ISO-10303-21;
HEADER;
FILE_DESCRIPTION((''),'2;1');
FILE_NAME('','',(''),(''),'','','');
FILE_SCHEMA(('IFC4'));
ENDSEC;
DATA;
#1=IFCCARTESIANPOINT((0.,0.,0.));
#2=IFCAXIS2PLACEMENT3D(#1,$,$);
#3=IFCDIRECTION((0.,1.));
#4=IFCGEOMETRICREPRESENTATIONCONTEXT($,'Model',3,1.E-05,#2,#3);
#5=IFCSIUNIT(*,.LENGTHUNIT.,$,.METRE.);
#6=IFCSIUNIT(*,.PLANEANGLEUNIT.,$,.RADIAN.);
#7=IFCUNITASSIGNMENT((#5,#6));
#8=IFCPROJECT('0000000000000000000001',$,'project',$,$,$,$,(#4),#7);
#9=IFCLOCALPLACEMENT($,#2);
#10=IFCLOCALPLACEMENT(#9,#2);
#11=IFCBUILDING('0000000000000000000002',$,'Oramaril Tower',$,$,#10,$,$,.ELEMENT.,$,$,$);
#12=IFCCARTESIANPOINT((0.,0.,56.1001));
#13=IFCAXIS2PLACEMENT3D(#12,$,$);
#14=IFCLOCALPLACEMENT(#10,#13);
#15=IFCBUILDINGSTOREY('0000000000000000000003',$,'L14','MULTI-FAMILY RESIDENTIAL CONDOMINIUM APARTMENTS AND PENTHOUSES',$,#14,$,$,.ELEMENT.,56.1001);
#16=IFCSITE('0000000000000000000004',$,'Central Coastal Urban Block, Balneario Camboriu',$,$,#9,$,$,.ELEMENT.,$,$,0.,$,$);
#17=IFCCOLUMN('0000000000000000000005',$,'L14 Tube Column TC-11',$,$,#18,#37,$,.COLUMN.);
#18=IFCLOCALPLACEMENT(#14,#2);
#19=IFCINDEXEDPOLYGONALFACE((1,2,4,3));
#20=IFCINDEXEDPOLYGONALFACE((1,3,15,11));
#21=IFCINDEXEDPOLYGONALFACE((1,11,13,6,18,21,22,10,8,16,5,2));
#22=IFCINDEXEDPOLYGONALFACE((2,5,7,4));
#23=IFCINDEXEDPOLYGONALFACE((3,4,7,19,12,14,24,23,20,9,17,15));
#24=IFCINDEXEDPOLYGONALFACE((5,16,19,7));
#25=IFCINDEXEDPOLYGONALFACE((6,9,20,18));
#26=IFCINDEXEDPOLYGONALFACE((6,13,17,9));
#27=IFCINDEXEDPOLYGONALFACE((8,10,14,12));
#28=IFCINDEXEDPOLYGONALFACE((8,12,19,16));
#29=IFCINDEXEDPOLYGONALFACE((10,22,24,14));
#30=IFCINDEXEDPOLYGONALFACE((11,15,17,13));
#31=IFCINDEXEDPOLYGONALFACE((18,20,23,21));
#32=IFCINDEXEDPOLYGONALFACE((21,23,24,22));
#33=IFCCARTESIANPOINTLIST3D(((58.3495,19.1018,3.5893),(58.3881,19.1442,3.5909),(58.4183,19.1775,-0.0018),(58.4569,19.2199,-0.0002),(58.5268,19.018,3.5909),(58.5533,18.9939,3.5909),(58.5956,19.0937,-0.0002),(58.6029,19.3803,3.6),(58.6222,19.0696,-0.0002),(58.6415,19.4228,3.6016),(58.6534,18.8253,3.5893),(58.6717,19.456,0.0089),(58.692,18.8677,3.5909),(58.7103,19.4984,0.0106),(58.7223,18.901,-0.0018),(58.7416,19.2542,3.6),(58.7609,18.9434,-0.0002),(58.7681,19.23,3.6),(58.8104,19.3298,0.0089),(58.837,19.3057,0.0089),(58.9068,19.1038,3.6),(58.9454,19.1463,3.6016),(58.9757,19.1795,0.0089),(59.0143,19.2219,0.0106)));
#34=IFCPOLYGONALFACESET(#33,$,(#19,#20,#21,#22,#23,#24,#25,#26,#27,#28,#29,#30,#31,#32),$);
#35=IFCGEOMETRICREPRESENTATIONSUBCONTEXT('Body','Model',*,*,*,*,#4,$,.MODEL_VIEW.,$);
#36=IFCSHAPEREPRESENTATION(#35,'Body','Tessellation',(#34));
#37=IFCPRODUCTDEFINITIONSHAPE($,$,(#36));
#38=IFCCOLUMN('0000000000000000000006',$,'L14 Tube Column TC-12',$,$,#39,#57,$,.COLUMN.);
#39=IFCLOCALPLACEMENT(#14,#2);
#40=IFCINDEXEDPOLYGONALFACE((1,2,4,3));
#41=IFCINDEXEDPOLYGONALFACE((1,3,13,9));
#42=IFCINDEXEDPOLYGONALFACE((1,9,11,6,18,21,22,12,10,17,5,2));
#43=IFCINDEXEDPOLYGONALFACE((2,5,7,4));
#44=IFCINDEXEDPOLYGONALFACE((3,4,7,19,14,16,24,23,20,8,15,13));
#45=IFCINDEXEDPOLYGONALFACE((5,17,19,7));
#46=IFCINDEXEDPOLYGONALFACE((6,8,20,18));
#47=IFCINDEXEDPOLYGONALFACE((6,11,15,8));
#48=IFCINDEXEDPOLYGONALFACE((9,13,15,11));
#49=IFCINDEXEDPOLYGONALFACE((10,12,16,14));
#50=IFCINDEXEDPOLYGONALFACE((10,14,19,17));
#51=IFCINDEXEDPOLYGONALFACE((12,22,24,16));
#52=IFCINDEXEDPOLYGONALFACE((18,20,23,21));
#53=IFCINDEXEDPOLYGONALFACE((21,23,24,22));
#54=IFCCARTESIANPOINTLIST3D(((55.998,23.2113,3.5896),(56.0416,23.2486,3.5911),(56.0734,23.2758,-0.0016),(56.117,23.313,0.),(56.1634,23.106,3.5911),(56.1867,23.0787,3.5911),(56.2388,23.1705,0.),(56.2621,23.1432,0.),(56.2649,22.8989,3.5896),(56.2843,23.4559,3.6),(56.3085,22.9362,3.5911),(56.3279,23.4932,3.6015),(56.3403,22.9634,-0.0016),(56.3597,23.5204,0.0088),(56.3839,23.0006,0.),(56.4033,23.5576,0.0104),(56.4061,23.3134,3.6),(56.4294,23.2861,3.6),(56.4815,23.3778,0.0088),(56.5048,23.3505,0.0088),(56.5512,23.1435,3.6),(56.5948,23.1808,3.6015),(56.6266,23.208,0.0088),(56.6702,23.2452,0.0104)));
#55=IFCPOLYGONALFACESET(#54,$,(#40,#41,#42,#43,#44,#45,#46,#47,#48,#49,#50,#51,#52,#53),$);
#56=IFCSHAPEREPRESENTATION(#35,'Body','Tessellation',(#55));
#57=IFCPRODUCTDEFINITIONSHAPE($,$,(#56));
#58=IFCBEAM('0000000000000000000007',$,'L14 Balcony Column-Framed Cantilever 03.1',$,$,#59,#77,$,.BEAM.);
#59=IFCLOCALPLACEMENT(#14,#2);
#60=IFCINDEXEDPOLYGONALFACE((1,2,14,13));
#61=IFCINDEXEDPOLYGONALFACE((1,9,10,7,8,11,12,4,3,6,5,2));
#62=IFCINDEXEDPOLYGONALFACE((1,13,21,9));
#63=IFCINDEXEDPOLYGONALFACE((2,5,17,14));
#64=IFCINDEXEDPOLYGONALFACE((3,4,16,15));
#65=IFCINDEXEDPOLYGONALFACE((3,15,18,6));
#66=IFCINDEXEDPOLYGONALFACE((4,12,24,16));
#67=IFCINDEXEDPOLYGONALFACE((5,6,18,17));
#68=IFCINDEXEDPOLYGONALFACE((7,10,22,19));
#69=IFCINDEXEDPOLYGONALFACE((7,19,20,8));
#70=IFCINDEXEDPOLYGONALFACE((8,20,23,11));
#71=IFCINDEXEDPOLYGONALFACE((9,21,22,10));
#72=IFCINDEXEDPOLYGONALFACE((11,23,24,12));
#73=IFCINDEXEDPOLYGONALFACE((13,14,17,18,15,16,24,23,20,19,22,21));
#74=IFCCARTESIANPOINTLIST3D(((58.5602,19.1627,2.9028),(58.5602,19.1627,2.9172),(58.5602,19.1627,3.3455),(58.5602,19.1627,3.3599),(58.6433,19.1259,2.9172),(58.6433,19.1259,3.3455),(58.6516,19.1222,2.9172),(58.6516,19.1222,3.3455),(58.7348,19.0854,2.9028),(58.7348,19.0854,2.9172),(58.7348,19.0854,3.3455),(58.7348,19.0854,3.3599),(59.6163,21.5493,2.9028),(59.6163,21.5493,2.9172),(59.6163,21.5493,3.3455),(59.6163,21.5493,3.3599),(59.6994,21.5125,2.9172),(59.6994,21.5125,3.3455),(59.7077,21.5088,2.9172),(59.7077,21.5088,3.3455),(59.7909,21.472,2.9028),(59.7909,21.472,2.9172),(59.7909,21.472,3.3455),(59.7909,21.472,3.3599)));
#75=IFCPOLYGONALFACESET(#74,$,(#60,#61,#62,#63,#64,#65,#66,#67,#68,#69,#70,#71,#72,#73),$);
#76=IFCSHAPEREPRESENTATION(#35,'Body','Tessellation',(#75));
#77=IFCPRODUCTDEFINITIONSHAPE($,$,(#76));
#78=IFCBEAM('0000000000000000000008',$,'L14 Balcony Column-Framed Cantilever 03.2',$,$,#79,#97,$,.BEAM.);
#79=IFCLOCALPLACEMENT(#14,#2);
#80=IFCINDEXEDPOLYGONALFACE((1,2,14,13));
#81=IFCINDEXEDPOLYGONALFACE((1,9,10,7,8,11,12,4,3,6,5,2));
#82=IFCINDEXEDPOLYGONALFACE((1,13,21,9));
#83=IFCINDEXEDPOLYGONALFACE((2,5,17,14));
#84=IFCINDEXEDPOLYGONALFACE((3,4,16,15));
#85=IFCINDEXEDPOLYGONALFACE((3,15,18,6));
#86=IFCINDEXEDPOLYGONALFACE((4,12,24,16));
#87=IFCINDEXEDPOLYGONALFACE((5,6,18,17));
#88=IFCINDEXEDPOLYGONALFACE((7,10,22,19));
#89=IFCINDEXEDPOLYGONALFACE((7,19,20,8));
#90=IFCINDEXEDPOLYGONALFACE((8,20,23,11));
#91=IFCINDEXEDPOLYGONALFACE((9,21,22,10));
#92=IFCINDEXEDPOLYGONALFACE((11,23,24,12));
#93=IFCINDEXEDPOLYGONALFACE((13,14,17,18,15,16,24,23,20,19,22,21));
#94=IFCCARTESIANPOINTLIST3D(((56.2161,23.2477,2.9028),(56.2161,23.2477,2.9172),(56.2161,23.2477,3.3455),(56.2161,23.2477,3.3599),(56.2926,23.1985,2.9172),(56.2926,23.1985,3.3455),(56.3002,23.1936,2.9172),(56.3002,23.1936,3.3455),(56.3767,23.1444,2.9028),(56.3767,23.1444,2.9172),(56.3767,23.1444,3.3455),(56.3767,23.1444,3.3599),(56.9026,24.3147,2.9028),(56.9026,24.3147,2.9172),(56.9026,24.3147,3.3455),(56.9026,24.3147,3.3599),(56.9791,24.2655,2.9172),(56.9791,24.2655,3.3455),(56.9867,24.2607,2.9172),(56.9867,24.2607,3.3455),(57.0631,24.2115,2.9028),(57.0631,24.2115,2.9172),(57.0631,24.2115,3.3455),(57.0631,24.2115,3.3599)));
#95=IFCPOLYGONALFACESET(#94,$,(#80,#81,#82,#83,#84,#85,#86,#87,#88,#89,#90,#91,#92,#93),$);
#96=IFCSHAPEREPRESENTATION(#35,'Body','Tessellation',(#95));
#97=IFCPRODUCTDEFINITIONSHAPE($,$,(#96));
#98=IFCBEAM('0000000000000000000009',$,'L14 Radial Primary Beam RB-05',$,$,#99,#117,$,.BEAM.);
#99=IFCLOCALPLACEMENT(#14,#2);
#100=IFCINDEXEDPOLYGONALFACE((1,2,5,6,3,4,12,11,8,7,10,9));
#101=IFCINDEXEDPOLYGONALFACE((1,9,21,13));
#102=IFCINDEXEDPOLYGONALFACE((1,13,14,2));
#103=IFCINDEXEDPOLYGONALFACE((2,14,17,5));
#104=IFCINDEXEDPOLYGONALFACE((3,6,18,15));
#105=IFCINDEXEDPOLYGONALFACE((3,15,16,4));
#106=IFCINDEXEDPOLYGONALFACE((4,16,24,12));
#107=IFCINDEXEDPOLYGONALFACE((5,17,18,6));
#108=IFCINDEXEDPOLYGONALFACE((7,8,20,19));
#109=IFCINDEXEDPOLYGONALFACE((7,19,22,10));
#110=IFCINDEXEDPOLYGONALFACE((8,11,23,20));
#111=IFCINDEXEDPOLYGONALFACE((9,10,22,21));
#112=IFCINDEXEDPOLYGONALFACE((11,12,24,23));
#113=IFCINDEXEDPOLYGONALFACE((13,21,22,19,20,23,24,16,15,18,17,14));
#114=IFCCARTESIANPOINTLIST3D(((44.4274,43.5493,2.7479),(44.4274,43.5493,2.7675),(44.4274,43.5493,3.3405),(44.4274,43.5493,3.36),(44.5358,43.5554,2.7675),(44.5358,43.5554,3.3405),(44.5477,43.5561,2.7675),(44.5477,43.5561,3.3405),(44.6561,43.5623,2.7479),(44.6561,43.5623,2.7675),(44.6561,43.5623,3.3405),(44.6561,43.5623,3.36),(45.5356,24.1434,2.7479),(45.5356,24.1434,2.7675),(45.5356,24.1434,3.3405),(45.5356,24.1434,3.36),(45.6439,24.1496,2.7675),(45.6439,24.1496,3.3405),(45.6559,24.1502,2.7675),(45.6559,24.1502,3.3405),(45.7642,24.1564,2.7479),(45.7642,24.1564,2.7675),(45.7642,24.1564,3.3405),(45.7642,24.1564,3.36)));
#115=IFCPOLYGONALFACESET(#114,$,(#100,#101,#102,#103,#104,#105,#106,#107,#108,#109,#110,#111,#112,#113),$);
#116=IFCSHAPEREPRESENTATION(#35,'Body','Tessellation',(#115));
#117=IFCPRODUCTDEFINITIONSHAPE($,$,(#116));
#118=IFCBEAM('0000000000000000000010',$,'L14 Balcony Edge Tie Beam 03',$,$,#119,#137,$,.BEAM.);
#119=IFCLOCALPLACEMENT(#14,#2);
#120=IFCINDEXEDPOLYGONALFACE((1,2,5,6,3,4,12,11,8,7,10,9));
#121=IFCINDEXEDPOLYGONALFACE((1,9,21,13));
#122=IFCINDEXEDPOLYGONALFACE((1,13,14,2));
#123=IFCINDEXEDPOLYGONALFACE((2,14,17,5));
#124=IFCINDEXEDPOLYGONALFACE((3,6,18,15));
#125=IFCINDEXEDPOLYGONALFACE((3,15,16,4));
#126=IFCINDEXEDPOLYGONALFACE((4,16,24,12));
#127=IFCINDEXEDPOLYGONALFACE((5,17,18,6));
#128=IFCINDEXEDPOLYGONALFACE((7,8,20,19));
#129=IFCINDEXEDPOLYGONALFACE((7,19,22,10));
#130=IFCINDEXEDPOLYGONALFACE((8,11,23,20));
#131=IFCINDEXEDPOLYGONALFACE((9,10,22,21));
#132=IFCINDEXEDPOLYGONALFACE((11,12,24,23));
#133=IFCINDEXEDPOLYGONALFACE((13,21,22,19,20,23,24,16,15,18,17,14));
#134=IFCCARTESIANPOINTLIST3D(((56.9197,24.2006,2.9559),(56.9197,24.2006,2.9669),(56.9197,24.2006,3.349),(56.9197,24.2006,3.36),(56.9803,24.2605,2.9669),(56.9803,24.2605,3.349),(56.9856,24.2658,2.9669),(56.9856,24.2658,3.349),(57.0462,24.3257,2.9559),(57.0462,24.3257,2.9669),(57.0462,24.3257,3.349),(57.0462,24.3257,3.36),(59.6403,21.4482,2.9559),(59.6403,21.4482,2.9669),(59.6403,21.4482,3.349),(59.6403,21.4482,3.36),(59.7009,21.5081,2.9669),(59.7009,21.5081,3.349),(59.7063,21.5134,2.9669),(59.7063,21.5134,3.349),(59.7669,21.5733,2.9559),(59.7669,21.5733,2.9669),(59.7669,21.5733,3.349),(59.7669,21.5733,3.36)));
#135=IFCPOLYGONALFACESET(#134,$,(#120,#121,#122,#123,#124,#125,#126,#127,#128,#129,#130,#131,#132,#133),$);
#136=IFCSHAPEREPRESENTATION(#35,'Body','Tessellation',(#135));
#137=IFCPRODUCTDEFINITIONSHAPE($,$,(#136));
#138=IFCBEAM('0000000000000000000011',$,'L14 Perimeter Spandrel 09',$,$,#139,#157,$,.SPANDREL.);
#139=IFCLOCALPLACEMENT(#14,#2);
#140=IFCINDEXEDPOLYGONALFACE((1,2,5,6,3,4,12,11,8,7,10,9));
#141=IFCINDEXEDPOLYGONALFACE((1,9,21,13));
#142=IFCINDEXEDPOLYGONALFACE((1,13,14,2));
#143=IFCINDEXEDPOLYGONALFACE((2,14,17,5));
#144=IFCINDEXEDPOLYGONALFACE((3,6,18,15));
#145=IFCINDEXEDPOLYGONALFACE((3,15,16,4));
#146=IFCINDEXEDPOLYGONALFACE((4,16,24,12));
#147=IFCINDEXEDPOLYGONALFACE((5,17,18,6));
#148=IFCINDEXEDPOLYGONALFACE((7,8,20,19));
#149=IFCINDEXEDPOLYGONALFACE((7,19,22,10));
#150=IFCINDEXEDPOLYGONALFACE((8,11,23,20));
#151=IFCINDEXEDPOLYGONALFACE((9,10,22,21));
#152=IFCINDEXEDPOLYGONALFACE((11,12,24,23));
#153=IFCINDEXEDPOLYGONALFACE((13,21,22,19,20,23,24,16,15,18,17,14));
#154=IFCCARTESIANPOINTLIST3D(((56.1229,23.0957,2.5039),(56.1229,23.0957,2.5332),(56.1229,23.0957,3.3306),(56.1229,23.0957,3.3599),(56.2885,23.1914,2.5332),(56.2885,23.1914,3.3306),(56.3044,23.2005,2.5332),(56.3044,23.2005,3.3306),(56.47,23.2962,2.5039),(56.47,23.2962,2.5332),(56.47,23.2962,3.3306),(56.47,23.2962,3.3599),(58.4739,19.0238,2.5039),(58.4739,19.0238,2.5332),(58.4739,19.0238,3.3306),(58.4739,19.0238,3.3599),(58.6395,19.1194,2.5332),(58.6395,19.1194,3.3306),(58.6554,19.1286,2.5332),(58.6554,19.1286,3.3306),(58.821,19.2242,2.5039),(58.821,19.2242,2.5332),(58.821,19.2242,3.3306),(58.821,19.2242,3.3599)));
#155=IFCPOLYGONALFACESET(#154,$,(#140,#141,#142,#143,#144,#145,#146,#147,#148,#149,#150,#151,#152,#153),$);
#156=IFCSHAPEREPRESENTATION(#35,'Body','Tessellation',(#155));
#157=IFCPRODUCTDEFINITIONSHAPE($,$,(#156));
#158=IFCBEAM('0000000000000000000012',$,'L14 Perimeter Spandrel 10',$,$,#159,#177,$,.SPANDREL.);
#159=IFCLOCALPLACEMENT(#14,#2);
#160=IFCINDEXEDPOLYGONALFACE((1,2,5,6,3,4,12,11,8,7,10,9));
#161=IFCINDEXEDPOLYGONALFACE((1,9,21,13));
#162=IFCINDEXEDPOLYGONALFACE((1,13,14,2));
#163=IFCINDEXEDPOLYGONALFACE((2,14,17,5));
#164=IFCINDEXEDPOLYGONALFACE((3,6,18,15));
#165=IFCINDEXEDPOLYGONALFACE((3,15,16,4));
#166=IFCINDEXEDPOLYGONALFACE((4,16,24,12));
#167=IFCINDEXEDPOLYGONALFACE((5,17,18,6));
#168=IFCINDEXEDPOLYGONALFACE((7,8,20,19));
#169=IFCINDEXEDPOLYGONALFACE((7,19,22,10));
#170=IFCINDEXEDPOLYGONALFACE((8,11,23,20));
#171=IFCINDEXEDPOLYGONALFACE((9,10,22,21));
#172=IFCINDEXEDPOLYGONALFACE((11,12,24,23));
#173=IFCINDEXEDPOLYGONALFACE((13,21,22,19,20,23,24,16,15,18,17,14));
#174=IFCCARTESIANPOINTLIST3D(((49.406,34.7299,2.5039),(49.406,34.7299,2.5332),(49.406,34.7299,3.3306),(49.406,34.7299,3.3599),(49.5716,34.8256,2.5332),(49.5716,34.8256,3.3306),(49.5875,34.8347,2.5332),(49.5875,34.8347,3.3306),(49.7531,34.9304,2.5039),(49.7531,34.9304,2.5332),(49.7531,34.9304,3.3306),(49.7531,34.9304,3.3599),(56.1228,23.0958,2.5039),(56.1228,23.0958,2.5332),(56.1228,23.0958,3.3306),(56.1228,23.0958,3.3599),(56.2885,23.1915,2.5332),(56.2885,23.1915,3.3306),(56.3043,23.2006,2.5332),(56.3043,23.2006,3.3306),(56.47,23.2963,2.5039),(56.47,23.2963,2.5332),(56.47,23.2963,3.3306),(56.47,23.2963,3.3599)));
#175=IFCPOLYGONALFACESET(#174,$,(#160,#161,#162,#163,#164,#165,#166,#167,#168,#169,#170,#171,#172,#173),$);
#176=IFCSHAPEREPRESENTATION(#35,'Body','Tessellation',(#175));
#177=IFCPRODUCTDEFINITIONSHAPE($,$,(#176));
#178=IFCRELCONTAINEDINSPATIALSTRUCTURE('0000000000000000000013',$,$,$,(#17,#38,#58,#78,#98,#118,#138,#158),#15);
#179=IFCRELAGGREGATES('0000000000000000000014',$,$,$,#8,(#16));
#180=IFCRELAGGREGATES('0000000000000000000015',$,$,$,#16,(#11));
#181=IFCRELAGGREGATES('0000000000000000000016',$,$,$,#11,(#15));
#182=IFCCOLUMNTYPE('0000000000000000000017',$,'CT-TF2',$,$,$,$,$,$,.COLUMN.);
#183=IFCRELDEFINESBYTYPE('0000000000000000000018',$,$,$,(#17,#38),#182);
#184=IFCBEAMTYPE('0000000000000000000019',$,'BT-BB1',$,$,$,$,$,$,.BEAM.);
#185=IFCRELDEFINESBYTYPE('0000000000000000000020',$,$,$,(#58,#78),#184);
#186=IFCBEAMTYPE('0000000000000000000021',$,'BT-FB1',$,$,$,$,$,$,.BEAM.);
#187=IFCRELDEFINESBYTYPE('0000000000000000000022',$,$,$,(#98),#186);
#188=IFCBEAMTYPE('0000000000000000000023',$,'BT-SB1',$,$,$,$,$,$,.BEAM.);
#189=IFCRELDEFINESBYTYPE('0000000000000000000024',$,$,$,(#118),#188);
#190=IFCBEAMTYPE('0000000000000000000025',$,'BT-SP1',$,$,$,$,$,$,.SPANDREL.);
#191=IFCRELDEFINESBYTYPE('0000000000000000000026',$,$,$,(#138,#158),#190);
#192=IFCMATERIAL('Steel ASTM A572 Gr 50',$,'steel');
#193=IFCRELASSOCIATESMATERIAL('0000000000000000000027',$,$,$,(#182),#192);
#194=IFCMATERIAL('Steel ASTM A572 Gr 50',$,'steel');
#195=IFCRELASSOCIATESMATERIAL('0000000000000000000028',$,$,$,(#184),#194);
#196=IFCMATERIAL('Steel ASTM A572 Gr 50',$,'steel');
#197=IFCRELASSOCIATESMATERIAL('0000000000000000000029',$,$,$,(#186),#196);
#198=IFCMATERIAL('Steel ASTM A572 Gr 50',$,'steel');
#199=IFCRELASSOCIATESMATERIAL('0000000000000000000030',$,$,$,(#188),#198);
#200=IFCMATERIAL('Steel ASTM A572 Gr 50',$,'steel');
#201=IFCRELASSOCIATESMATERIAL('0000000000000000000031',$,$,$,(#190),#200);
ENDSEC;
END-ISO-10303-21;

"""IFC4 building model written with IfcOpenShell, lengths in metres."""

from ifc_helpers import new_model, si_unit, direction, frame, origin, origin_2d, place, context, subcontext, project, spatial, i_section, extrude, material, material_profile, profile_set, type_object, element, save


model = new_model("IFC4")

# Units and contexts
model_context = context("Model", 3, precision=1e-05, world=origin(), true_north=direction((0.0, 1.0)))
body_context = subcontext(model_context, "Body", "Model", "MODEL_VIEW")
ifc_project = project(units=[si_unit("LENGTHUNIT", "METRE"), si_unit("PLANEANGLEUNIT", "RADIAN")], contexts=[model_context])

# Site, building, storey
site_placement = place(None, origin())
site = spatial("IfcSite", under=ifc_project, at=site_placement, Name="Central Coastal Urban Block, Balneario Camboriu", CompositionType="ELEMENT", RefElevation=0.0)
building_placement = place(site_placement, origin())
building = spatial("IfcBuilding", under=site, at=building_placement, Name="Oramaril Tower", CompositionType="ELEMENT")
storey_placement = place(building_placement, frame((0.0, 0.0, 56.1001)))
storey = spatial("IfcBuildingStorey", under=building, at=storey_placement, Name="L14", Description="MULTI-FAMILY RESIDENTIAL CONDOMINIUM APARTMENTS AND PENTHOUSES", CompositionType="ELEMENT", Elevation=56.1001)

# Columns
ifc_material_1 = material(Name="Steel ASTM A572 Gr 50", Category="steel")
ifc_material_profile_1 = material_profile(ifc_material_1, i_section(OverallWidth=0.4109, OverallDepth=0.4341, WebThickness=0.0359, FlangeThickness=0.0574, at=origin_2d()), Name="W14X311")
ifc_profile_set_1 = profile_set([ifc_material_profile_1], Name="Steel ASTM A572 Gr 50")
column_type = type_object("IfcColumnType", Name="CT-TF2", PredefinedType="COLUMN", material=ifc_profile_set_1)
for number, where, z_axis, x_axis, name in (
    (1, (58.7163, 19.1997, 0.0044), (-0.019164, -0.021067, 0.999594), (0.739724, -0.67291, 0.0), "L14 Tube Column TC-11"),
    (2, (56.3718, 23.2605, 0.0044), (-0.021, -0.017941, 0.999618), (0.649575, -0.760298, 0.0), "L14 Tube Column TC-12"),
):
    element("IfcColumn", number, at=place(storey_placement, frame(where, z_axis=z_axis, x_axis=x_axis)), inside=storey, type_object=column_type, Name=name, PredefinedType="COLUMN", context=body_context, shape_type="SweptSolid", body=[
        extrude(i_section(OverallWidth=0.4109, OverallDepth=0.4341, WebThickness=0.0359, FlangeThickness=0.0574, at=origin_2d()), origin(), (0.0, 0.0, 1.0), 3.5925),
    ])

# Beams
ifc_material_2 = material(Name="Steel ASTM A572 Gr 50", Category="steel")
ifc_material_profile_2 = material_profile(ifc_material_2, i_section(OverallWidth=0.1909, OverallDepth=0.457, WebThickness=0.009, FlangeThickness=0.0144, at=origin_2d()), Name="W18X50")
ifc_profile_set_2 = profile_set([ifc_material_profile_2], Name="Steel ASTM A572 Gr 50")
beam_type_1 = type_object("IfcBeamType", Name="BT-BB1", PredefinedType="BEAM", material=ifc_profile_set_2)
beam_1_placement = place(storey_placement, frame((58.6475, 19.124, 3.1313), z_axis=(0.404662, 0.914466, 0.0), x_axis=(-0.914466, 0.404662, 0.0)))
element("IfcBeam", 3, at=beam_1_placement, inside=storey, type_object=beam_type_1, Name="L14 Balcony Column-Framed Cantilever 03.1", PredefinedType="BEAM", context=body_context, shape_type="SweptSolid", body=[
    extrude(i_section(OverallWidth=0.1909, OverallDepth=0.457, WebThickness=0.009, FlangeThickness=0.0144, at=origin_2d()), origin(), (0.0, 0.0, 1.0), 2.6099),
])
beam_2_placement = place(storey_placement, frame((56.2964, 23.196, 3.1313), z_axis=(0.54104, 0.840997, 0.0), x_axis=(-0.840997, 0.54104, 0.0)))
element("IfcBeam", 4, at=beam_2_placement, inside=storey, type_object=beam_type_1, Name="L14 Balcony Column-Framed Cantilever 03.2", PredefinedType="BEAM", context=body_context, shape_type="SweptSolid", body=[
    extrude(i_section(OverallWidth=0.1909, OverallDepth=0.457, WebThickness=0.009, FlangeThickness=0.0144, at=origin_2d()), origin(), (0.0, 0.0, 1.0), 1.2688),
])
ifc_material_3 = material(Name="Steel ASTM A572 Gr 50", Category="steel")
ifc_material_profile_3 = material_profile(ifc_material_3, i_section(OverallWidth=0.229, OverallDepth=0.6121, WebThickness=0.012, FlangeThickness=0.0195, at=origin_2d()), Name="W24X84")
ifc_profile_set_3 = profile_set([ifc_material_profile_3], Name="Steel ASTM A572 Gr 50")
beam_type_2 = type_object("IfcBeamType", Name="BT-FB1", PredefinedType="BEAM", material=ifc_profile_set_3)
beam_3_placement = place(storey_placement, frame((45.6499, 24.1499, 3.054), z_axis=(-0.057011, 0.998374, 0.0), x_axis=(-0.998374, -0.057011, 0.0)))
element("IfcBeam", 5, at=beam_3_placement, inside=storey, type_object=beam_type_2, Name="L14 Radial Primary Beam RB-05", PredefinedType="BEAM", context=body_context, shape_type="SweptSolid", body=[
    extrude(i_section(OverallWidth=0.229, OverallDepth=0.6121, WebThickness=0.012, FlangeThickness=0.0195, at=origin_2d()), origin(), (0.0, 0.0, 1.0), 19.4375),
])
ifc_material_4 = material(Name="Steel ASTM A572 Gr 50", Category="steel")
ifc_material_profile_4 = material_profile(ifc_material_4, i_section(OverallWidth=0.178, OverallDepth=0.4041, WebThickness=0.0076, FlangeThickness=0.011, at=origin_2d()), Name="W16X36")
ifc_profile_set_4 = profile_set([ifc_material_profile_4], Name="Steel ASTM A572 Gr 50")
beam_type_3 = type_object("IfcBeamType", Name="BT-SB1", PredefinedType="BEAM", material=ifc_profile_set_4)
beam_4_placement = place(storey_placement, frame((59.7036, 21.5107, 3.158), z_axis=(-0.702995, 0.711195, 0.0), x_axis=(-0.711195, -0.702995, 0.0)))
element("IfcBeam", 6, at=beam_4_placement, inside=storey, type_object=beam_type_3, Name="L14 Balcony Edge Tie Beam 03", PredefinedType="BEAM", context=body_context, shape_type="SweptSolid", body=[
    extrude(i_section(OverallWidth=0.178, OverallDepth=0.4041, WebThickness=0.0076, FlangeThickness=0.011, at=origin_2d()), origin(), (0.0, 0.0, 1.0), 3.8701),
])
ifc_material_5 = material(Name="Steel ASTM A572 Gr 50", Category="steel")
ifc_material_profile_5 = material_profile(ifc_material_5, i_section(OverallWidth=0.4009, OverallDepth=0.856, WebThickness=0.0183, FlangeThickness=0.0293, at=origin_2d()), Name="W33X201")
ifc_profile_set_5 = profile_set([ifc_material_profile_5], Name="Steel ASTM A572 Gr 50")
beam_type_4 = type_object("IfcBeamType", Name="BT-SP1", PredefinedType="SPANDREL", material=ifc_profile_set_5)
beam_5_placement = place(storey_placement, frame((58.6475, 19.124, 2.9319), z_axis=(-0.500015, 0.866017, 0.0), x_axis=(-0.866017, -0.500015, 0.0)))
element("IfcBeam", 7, at=beam_5_placement, inside=storey, type_object=beam_type_4, Name="L14 Perimeter Spandrel 09", PredefinedType="SPANDREL", context=body_context, shape_type="SweptSolid", body=[
    extrude(i_section(OverallWidth=0.4009, OverallDepth=0.856, WebThickness=0.0183, FlangeThickness=0.0293, at=origin_2d()), origin(), (0.0, 0.0, 1.0), 4.7019),
])
beam_6_placement = place(storey_placement, frame((56.2964, 23.196, 2.9319), z_axis=(-0.499994, 0.866029, 0.0), x_axis=(-0.866029, -0.499994, 0.0)))
element("IfcBeam", 8, at=beam_6_placement, inside=storey, type_object=beam_type_4, Name="L14 Perimeter Spandrel 10", PredefinedType="SPANDREL", context=body_context, shape_type="SweptSolid", body=[
    extrude(i_section(OverallWidth=0.4009, OverallDepth=0.856, WebThickness=0.0183, FlangeThickness=0.0293, at=origin_2d()), origin(), (0.0, 0.0, 1.0), 13.4338),
])

save(model, "model.ifc")
